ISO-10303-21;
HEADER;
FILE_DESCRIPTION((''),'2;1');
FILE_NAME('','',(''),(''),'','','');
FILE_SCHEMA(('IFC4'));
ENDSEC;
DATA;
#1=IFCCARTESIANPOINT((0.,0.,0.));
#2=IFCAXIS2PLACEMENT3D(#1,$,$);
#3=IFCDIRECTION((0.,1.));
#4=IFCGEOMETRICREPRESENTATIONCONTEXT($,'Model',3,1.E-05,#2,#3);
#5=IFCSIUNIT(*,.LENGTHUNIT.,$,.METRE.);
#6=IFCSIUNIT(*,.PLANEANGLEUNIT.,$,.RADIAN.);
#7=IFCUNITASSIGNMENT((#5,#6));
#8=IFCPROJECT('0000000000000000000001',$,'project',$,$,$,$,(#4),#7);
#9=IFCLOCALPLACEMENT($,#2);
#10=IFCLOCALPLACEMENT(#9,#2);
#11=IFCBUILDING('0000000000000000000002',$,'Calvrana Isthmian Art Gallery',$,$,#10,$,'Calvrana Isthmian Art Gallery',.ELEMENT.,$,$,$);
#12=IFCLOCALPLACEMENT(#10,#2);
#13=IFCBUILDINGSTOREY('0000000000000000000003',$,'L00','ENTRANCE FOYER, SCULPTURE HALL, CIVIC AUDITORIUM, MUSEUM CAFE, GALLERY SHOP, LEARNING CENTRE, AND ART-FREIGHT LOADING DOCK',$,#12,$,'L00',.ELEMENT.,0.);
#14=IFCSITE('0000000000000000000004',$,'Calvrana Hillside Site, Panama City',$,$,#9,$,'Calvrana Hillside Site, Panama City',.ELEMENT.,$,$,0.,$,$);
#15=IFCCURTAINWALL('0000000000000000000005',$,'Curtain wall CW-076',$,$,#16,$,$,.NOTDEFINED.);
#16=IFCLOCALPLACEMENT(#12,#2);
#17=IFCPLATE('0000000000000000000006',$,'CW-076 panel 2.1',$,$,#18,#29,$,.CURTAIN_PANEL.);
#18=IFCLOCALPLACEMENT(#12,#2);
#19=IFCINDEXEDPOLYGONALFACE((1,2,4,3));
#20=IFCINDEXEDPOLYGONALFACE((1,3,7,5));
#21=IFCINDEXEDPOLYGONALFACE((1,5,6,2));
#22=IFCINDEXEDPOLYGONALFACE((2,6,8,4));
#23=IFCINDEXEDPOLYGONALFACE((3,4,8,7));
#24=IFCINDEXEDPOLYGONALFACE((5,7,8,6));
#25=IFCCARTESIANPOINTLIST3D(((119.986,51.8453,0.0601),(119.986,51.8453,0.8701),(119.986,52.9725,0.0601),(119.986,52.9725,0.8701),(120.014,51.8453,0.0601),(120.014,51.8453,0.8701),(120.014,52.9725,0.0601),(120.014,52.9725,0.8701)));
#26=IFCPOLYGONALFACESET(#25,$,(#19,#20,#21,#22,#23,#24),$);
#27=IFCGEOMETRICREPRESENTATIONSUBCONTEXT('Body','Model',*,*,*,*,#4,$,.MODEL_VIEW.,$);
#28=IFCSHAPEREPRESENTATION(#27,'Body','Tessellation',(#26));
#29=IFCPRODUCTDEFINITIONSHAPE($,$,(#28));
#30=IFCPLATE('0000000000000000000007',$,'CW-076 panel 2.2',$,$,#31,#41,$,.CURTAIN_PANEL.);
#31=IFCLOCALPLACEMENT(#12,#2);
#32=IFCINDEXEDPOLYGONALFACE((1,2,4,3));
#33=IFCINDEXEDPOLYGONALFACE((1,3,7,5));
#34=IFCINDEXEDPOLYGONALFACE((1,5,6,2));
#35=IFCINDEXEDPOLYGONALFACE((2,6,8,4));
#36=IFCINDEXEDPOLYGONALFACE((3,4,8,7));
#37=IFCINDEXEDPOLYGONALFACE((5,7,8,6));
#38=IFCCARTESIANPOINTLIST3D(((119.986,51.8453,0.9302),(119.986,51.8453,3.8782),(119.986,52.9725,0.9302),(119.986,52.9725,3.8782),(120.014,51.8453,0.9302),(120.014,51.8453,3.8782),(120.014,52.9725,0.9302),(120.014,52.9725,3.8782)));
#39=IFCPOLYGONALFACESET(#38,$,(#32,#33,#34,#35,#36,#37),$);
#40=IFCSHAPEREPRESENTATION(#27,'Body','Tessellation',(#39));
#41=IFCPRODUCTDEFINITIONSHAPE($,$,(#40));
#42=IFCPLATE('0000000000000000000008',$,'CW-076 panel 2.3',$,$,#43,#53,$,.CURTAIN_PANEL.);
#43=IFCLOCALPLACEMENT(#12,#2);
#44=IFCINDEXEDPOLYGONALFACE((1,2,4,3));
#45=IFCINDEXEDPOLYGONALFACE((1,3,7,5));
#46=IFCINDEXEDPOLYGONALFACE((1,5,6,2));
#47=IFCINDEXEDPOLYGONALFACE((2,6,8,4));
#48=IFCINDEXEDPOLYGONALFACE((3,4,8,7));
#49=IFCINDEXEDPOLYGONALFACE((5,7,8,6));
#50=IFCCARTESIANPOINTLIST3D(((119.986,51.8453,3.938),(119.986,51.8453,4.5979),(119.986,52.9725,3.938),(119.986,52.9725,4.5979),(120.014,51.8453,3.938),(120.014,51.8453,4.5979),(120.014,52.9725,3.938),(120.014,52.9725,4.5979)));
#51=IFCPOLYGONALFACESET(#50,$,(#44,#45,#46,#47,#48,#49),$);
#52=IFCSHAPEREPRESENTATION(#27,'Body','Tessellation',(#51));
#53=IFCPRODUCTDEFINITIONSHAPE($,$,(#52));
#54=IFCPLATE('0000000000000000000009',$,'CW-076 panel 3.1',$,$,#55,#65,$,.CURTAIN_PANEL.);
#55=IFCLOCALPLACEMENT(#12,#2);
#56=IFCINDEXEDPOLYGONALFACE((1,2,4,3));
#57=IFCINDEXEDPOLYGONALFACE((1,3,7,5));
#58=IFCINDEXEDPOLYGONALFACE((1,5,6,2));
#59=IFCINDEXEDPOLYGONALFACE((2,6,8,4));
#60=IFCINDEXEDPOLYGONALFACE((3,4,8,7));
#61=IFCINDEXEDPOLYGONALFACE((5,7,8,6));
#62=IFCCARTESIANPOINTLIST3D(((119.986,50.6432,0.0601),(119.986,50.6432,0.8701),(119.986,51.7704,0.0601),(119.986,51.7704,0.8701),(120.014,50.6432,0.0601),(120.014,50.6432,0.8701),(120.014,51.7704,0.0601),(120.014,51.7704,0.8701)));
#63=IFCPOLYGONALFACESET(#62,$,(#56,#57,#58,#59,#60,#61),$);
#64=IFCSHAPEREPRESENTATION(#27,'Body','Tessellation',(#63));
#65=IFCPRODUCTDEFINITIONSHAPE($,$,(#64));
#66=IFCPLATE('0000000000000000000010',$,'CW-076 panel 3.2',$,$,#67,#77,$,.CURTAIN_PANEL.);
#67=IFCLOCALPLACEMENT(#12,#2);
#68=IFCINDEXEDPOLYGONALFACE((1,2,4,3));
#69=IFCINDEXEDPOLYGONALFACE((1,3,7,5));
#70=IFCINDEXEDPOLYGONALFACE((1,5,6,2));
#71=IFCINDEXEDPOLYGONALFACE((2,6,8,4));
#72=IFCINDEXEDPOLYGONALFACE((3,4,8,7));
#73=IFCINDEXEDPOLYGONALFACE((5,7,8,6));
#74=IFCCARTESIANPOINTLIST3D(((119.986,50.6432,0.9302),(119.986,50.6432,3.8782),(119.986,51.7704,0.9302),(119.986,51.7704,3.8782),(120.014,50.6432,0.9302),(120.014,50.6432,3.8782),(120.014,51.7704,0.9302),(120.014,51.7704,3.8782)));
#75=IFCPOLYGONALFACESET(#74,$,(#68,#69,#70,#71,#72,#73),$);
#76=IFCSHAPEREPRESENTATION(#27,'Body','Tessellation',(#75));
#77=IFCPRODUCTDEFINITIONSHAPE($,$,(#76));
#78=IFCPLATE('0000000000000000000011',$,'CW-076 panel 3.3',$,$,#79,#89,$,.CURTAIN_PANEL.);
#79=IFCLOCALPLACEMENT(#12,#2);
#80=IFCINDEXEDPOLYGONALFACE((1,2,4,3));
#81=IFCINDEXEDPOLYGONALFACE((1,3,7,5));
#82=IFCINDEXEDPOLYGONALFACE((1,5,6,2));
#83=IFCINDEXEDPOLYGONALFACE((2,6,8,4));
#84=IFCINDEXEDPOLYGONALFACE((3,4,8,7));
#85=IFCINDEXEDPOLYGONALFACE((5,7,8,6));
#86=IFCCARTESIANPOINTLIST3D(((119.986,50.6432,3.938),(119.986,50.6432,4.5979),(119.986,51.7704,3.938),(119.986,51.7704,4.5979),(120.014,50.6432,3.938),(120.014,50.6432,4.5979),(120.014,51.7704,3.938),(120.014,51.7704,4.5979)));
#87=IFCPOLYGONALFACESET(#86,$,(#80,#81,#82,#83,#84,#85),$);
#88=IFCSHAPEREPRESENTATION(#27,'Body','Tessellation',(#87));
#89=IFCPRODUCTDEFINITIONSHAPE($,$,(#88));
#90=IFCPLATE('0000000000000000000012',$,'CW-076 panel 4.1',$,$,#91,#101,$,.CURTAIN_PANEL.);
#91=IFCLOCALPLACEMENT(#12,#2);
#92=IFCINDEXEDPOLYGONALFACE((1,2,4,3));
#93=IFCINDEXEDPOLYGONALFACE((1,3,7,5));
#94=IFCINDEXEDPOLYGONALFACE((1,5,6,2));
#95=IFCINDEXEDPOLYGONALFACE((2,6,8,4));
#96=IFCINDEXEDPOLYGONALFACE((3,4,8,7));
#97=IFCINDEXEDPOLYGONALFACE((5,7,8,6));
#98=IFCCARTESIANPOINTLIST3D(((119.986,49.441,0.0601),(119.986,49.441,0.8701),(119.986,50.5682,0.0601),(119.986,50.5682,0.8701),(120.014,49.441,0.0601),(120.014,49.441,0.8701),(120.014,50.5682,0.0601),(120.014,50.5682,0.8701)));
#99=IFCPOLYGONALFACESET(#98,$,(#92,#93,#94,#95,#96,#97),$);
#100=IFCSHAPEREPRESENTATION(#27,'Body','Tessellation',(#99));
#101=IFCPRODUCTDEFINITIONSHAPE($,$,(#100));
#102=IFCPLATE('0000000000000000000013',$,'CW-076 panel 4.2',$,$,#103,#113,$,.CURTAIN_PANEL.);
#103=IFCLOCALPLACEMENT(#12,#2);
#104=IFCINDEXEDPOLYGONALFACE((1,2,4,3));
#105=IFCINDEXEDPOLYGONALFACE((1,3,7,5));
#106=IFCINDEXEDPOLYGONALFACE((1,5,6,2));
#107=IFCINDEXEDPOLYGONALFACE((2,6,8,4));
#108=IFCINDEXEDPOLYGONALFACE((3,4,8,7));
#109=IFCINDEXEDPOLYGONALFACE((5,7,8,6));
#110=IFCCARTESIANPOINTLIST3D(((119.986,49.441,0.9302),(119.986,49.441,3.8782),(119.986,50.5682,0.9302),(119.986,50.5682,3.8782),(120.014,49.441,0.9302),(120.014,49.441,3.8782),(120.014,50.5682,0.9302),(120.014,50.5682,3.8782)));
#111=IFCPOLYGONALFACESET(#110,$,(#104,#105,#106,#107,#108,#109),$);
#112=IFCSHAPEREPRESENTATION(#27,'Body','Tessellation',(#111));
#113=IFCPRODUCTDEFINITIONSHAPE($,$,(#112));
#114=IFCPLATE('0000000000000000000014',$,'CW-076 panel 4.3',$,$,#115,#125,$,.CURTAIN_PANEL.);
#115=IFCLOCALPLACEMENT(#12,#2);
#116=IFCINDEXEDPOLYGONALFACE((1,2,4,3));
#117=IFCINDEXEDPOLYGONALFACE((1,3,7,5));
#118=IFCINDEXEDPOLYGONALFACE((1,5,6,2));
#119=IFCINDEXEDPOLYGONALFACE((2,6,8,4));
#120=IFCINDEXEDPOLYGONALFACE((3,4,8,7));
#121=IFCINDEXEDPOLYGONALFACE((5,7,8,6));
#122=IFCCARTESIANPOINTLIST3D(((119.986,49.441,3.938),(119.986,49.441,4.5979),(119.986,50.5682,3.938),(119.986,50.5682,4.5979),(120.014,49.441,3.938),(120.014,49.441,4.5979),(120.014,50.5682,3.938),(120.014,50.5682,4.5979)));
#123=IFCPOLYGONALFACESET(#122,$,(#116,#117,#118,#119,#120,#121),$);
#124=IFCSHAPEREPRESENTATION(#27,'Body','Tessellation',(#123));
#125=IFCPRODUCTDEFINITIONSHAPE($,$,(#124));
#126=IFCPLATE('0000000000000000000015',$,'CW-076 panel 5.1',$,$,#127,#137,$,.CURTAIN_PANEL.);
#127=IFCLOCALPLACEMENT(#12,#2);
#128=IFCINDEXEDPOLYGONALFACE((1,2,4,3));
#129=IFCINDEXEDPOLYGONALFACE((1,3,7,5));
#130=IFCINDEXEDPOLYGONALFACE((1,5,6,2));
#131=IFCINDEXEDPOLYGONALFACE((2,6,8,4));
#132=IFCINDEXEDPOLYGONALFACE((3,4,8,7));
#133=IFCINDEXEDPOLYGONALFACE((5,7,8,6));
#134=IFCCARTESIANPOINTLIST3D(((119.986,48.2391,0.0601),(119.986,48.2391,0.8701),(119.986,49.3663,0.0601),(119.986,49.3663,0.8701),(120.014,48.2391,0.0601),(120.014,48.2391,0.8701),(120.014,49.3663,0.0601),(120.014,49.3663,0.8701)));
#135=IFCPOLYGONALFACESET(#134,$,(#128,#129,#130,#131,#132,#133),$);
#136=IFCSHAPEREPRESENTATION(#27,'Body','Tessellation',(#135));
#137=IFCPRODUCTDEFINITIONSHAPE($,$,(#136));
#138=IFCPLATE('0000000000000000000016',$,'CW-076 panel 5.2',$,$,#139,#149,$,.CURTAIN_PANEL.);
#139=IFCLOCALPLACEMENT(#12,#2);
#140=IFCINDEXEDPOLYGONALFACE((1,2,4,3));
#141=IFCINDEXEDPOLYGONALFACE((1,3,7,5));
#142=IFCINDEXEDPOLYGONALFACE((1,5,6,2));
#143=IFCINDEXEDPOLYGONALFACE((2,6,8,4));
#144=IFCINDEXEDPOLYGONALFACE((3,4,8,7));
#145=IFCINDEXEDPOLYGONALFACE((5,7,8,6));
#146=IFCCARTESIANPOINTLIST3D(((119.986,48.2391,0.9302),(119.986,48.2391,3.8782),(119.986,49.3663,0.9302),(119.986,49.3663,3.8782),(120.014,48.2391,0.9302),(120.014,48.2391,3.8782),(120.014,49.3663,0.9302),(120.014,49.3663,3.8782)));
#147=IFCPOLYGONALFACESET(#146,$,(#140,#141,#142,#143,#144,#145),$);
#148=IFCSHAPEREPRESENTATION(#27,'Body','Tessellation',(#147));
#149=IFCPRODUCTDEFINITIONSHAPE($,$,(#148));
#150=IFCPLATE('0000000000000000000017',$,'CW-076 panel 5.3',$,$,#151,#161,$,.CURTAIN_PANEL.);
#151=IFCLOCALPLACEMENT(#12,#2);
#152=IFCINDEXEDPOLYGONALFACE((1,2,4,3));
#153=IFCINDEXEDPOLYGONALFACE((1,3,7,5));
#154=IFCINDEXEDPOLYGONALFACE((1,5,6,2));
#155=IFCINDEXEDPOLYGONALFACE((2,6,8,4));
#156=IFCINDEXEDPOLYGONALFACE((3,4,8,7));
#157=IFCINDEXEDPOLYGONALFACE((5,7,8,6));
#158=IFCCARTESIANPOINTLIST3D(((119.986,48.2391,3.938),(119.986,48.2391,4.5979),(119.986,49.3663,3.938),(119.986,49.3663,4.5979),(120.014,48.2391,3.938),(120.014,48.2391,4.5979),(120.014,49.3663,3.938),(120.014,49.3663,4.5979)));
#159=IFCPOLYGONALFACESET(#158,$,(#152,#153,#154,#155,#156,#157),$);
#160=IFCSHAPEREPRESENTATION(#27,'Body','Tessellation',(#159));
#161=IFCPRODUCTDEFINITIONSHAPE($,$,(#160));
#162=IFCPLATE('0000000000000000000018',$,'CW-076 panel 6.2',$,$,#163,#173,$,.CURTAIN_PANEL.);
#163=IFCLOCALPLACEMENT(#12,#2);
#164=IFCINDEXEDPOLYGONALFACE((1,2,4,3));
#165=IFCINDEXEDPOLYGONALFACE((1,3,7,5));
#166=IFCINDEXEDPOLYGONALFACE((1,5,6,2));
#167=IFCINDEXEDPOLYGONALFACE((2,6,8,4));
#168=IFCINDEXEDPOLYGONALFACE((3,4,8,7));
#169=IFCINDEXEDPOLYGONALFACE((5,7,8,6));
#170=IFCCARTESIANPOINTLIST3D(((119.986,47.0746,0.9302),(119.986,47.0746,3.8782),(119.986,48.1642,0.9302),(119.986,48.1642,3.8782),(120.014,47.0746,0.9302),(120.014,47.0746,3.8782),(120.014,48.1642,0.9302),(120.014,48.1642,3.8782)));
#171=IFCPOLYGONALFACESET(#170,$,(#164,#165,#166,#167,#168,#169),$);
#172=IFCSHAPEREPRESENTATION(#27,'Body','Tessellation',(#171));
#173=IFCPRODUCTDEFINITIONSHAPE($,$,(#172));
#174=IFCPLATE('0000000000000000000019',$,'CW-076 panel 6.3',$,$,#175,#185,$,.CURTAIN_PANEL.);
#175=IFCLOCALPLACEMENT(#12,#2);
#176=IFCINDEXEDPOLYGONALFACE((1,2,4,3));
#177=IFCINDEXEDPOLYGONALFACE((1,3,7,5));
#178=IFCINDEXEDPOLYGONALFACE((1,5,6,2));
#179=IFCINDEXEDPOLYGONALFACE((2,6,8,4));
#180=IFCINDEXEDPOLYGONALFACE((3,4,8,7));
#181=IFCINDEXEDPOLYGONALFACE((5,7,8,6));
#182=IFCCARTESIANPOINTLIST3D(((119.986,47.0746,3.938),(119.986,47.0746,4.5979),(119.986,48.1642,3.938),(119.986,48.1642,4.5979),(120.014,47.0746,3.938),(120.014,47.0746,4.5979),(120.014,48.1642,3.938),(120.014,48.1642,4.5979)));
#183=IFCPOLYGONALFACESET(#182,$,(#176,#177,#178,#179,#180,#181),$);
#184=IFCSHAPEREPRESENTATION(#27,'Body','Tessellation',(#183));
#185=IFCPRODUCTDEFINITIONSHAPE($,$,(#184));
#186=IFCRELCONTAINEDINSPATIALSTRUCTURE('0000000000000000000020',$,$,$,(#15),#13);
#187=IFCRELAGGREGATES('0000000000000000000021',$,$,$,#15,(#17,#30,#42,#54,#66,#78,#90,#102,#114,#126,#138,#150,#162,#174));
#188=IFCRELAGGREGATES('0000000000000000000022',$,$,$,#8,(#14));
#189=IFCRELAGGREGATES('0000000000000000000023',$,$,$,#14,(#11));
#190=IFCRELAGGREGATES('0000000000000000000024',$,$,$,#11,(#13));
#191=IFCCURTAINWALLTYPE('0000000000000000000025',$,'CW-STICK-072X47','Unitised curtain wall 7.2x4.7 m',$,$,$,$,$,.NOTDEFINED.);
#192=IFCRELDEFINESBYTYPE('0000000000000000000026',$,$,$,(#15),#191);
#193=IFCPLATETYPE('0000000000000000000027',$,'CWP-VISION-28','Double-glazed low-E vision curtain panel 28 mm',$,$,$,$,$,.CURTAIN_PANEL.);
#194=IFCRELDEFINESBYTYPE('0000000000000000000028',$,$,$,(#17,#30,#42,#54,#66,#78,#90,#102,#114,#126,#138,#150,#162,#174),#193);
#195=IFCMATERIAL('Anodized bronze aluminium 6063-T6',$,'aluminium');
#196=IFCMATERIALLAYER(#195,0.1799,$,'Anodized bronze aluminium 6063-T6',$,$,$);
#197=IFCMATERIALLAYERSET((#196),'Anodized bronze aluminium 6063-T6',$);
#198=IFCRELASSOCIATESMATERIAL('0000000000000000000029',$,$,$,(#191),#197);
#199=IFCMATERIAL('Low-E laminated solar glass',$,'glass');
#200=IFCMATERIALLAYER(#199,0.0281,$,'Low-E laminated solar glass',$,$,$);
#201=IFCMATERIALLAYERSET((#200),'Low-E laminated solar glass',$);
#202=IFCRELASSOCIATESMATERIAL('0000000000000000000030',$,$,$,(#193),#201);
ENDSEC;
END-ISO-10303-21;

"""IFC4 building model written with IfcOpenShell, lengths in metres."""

from ifc_helpers import new_model, si_unit, direction, frame, origin, origin_2d, place, context, subcontext, project, spatial, rectangle, extrude, material, layer, layer_set, type_object, element, aggregate, save


model = new_model("IFC4")

# Units and contexts
model_context = context("Model", 3, precision=1e-05, world=origin(), true_north=direction((0.0, 1.0)))
body_context = subcontext(model_context, "Body", "Model", "MODEL_VIEW")
ifc_project = project(units=[si_unit("LENGTHUNIT", "METRE"), si_unit("PLANEANGLEUNIT", "RADIAN")], contexts=[model_context])

# Site, building, storey
site_placement = place(None, origin())
site = spatial("IfcSite", under=ifc_project, at=site_placement, Name="Calvrana Hillside Site, Panama City", LongName="Calvrana Hillside Site, Panama City", CompositionType="ELEMENT", RefElevation=0.0)
building_placement = place(site_placement, origin())
building = spatial("IfcBuilding", under=site, at=building_placement, Name="Calvrana Isthmian Art Gallery", LongName="Calvrana Isthmian Art Gallery", CompositionType="ELEMENT")
storey_placement = place(building_placement, origin())
storey = spatial("IfcBuildingStorey", under=building, at=storey_placement, Name="L00", Description="ENTRANCE FOYER, SCULPTURE HALL, CIVIC AUDITORIUM, MUSEUM CAFE, GALLERY SHOP, LEARNING CENTRE, AND ART-FREIGHT LOADING DOCK", LongName="L00", CompositionType="ELEMENT", Elevation=0.0)

# Curtain wall, plates
ifc_material_1 = material(Name="Anodized bronze aluminium 6063-T6", Category="aluminium")
ifc_layer_1 = layer(ifc_material_1, 0.1799, Name="Anodized bronze aluminium 6063-T6")
ifc_layer_set_1 = layer_set([ifc_layer_1], Name="Anodized bronze aluminium 6063-T6")
curtain_wall_type = type_object("IfcCurtainWallType", Name="CW-STICK-072X47", Description="Unitised curtain wall 7.2x4.7 m", PredefinedType="NOTDEFINED", material=ifc_layer_set_1)
curtain_wall_placement = place(storey_placement, origin())
curtain_wall = element("IfcCurtainWall", 1, at=curtain_wall_placement, inside=storey, type_object=curtain_wall_type, Name="Curtain wall CW-076", PredefinedType="NOTDEFINED")
ifc_material_2 = material(Name="Low-E laminated solar glass", Category="glass")
ifc_layer_2 = layer(ifc_material_2, 0.0281, Name="Low-E laminated solar glass")
ifc_layer_set_2 = layer_set([ifc_layer_2], Name="Low-E laminated solar glass")
plate_type = type_object("IfcPlateType", Name="CWP-VISION-28", Description="Double-glazed low-E vision curtain panel 28 mm", PredefinedType="CURTAIN_PANEL", material=ifc_layer_set_2)
plate_1_placement = place(storey_placement, frame((120.0, 52.4089, 0.0601), z_axis=(0.0, 0.0, 1.0), x_axis=(0.0, -1.0, 0.0)))
plate_1 = element("IfcPlate", 2, at=plate_1_placement, type_object=plate_type, Name="CW-076 panel 2.1", PredefinedType="CURTAIN_PANEL", context=body_context, shape_type="SweptSolid", body=[
    extrude(rectangle(XDim=1.1272, YDim=0.0281, at=origin_2d()), origin(), (0.0, 0.0, 1.0), 0.8101),
])
plate_2_placement = place(storey_placement, frame((120.0, 52.4089, 0.9302), z_axis=(0.0, 0.0, 1.0), x_axis=(0.0, -1.0, 0.0)))
plate_2 = element("IfcPlate", 3, at=plate_2_placement, type_object=plate_type, Name="CW-076 panel 2.2", PredefinedType="CURTAIN_PANEL", context=body_context, shape_type="SweptSolid", body=[
    extrude(rectangle(XDim=1.1272, YDim=0.0281, at=origin_2d()), origin(), (0.0, 0.0, 1.0), 2.948),
])
plate_3_placement = place(storey_placement, frame((120.0, 52.4089, 3.938), z_axis=(0.0, 0.0, 1.0), x_axis=(0.0, -1.0, 0.0)))
plate_3 = element("IfcPlate", 4, at=plate_3_placement, type_object=plate_type, Name="CW-076 panel 2.3", PredefinedType="CURTAIN_PANEL", context=body_context, shape_type="SweptSolid", body=[
    extrude(rectangle(XDim=1.1272, YDim=0.0281, at=origin_2d()), origin(), (0.0, 0.0, 1.0), 0.6599),
])
plate_4_placement = place(storey_placement, frame((120.0, 51.2068, 0.0601), z_axis=(0.0, 0.0, 1.0), x_axis=(0.0, -1.0, 0.0)))
plate_4 = element("IfcPlate", 5, at=plate_4_placement, type_object=plate_type, Name="CW-076 panel 3.1", PredefinedType="CURTAIN_PANEL", context=body_context, shape_type="SweptSolid", body=[
    extrude(rectangle(XDim=1.1272, YDim=0.0281, at=origin_2d()), origin(), (0.0, 0.0, 1.0), 0.8101),
])
plate_5_placement = place(storey_placement, frame((120.0, 51.2068, 0.9302), z_axis=(0.0, 0.0, 1.0), x_axis=(0.0, -1.0, 0.0)))
plate_5 = element("IfcPlate", 6, at=plate_5_placement, type_object=plate_type, Name="CW-076 panel 3.2", PredefinedType="CURTAIN_PANEL", context=body_context, shape_type="SweptSolid", body=[
    extrude(rectangle(XDim=1.1272, YDim=0.0281, at=origin_2d()), origin(), (0.0, 0.0, 1.0), 2.948),
])
plate_6_placement = place(storey_placement, frame((120.0, 51.2068, 3.938), z_axis=(0.0, 0.0, 1.0), x_axis=(0.0, -1.0, 0.0)))
plate_6 = element("IfcPlate", 7, at=plate_6_placement, type_object=plate_type, Name="CW-076 panel 3.3", PredefinedType="CURTAIN_PANEL", context=body_context, shape_type="SweptSolid", body=[
    extrude(rectangle(XDim=1.1272, YDim=0.0281, at=origin_2d()), origin(), (0.0, 0.0, 1.0), 0.6599),
])
plate_7_placement = place(storey_placement, frame((120.0, 50.0046, 0.0601), z_axis=(0.0, 0.0, 1.0), x_axis=(0.0, -1.0, 0.0)))
plate_7 = element("IfcPlate", 8, at=plate_7_placement, type_object=plate_type, Name="CW-076 panel 4.1", PredefinedType="CURTAIN_PANEL", context=body_context, shape_type="SweptSolid", body=[
    extrude(rectangle(XDim=1.1272, YDim=0.0281, at=origin_2d()), origin(), (0.0, 0.0, 1.0), 0.8101),
])
plate_8_placement = place(storey_placement, frame((120.0, 50.0046, 0.9302), z_axis=(0.0, 0.0, 1.0), x_axis=(0.0, -1.0, 0.0)))
plate_8 = element("IfcPlate", 9, at=plate_8_placement, type_object=plate_type, Name="CW-076 panel 4.2", PredefinedType="CURTAIN_PANEL", context=body_context, shape_type="SweptSolid", body=[
    extrude(rectangle(XDim=1.1272, YDim=0.0281, at=origin_2d()), origin(), (0.0, 0.0, 1.0), 2.948),
])
plate_9_placement = place(storey_placement, frame((120.0, 50.0046, 3.938), z_axis=(0.0, 0.0, 1.0), x_axis=(0.0, -1.0, 0.0)))
plate_9 = element("IfcPlate", 10, at=plate_9_placement, type_object=plate_type, Name="CW-076 panel 4.3", PredefinedType="CURTAIN_PANEL", context=body_context, shape_type="SweptSolid", body=[
    extrude(rectangle(XDim=1.1272, YDim=0.0281, at=origin_2d()), origin(), (0.0, 0.0, 1.0), 0.6599),
])
plate_10_placement = place(storey_placement, frame((120.0, 48.8027, 0.0601), z_axis=(0.0, 0.0, 1.0), x_axis=(0.0, -1.0, 0.0)))
plate_10 = element("IfcPlate", 11, at=plate_10_placement, type_object=plate_type, Name="CW-076 panel 5.1", PredefinedType="CURTAIN_PANEL", context=body_context, shape_type="SweptSolid", body=[
    extrude(rectangle(XDim=1.1272, YDim=0.0281, at=origin_2d()), origin(), (0.0, 0.0, 1.0), 0.8101),
])
plate_11_placement = place(storey_placement, frame((120.0, 48.8027, 0.9302), z_axis=(0.0, 0.0, 1.0), x_axis=(0.0, -1.0, 0.0)))
plate_11 = element("IfcPlate", 12, at=plate_11_placement, type_object=plate_type, Name="CW-076 panel 5.2", PredefinedType="CURTAIN_PANEL", context=body_context, shape_type="SweptSolid", body=[
    extrude(rectangle(XDim=1.1272, YDim=0.0281, at=origin_2d()), origin(), (0.0, 0.0, 1.0), 2.948),
])
plate_12_placement = place(storey_placement, frame((120.0, 48.8027, 3.938), z_axis=(0.0, 0.0, 1.0), x_axis=(0.0, -1.0, 0.0)))
plate_12 = element("IfcPlate", 13, at=plate_12_placement, type_object=plate_type, Name="CW-076 panel 5.3", PredefinedType="CURTAIN_PANEL", context=body_context, shape_type="SweptSolid", body=[
    extrude(rectangle(XDim=1.1272, YDim=0.0281, at=origin_2d()), origin(), (0.0, 0.0, 1.0), 0.6599),
])
plate_13_placement = place(storey_placement, frame((120.0, 47.6194, 0.9302), z_axis=(0.0, 0.0, 1.0), x_axis=(0.0, -1.0, 0.0)))
plate_13 = element("IfcPlate", 14, at=plate_13_placement, type_object=plate_type, Name="CW-076 panel 6.2", PredefinedType="CURTAIN_PANEL", context=body_context, shape_type="SweptSolid", body=[
    extrude(rectangle(XDim=1.0896, YDim=0.0281, at=origin_2d()), origin(), (0.0, 0.0, 1.0), 2.948),
])
plate_14_placement = place(storey_placement, frame((120.0, 47.6194, 3.938), z_axis=(0.0, 0.0, 1.0), x_axis=(0.0, -1.0, 0.0)))
plate_14 = element("IfcPlate", 15, at=plate_14_placement, type_object=plate_type, Name="CW-076 panel 6.3", PredefinedType="CURTAIN_PANEL", context=body_context, shape_type="SweptSolid", body=[
    extrude(rectangle(XDim=1.0896, YDim=0.0281, at=origin_2d()), origin(), (0.0, 0.0, 1.0), 0.6599),
])
aggregate(curtain_wall, [plate_1, plate_2, plate_3, plate_4, plate_5, plate_6, plate_7, plate_8, plate_9, plate_10, plate_11, plate_12, plate_13, plate_14])

save(model, "model.ifc")
